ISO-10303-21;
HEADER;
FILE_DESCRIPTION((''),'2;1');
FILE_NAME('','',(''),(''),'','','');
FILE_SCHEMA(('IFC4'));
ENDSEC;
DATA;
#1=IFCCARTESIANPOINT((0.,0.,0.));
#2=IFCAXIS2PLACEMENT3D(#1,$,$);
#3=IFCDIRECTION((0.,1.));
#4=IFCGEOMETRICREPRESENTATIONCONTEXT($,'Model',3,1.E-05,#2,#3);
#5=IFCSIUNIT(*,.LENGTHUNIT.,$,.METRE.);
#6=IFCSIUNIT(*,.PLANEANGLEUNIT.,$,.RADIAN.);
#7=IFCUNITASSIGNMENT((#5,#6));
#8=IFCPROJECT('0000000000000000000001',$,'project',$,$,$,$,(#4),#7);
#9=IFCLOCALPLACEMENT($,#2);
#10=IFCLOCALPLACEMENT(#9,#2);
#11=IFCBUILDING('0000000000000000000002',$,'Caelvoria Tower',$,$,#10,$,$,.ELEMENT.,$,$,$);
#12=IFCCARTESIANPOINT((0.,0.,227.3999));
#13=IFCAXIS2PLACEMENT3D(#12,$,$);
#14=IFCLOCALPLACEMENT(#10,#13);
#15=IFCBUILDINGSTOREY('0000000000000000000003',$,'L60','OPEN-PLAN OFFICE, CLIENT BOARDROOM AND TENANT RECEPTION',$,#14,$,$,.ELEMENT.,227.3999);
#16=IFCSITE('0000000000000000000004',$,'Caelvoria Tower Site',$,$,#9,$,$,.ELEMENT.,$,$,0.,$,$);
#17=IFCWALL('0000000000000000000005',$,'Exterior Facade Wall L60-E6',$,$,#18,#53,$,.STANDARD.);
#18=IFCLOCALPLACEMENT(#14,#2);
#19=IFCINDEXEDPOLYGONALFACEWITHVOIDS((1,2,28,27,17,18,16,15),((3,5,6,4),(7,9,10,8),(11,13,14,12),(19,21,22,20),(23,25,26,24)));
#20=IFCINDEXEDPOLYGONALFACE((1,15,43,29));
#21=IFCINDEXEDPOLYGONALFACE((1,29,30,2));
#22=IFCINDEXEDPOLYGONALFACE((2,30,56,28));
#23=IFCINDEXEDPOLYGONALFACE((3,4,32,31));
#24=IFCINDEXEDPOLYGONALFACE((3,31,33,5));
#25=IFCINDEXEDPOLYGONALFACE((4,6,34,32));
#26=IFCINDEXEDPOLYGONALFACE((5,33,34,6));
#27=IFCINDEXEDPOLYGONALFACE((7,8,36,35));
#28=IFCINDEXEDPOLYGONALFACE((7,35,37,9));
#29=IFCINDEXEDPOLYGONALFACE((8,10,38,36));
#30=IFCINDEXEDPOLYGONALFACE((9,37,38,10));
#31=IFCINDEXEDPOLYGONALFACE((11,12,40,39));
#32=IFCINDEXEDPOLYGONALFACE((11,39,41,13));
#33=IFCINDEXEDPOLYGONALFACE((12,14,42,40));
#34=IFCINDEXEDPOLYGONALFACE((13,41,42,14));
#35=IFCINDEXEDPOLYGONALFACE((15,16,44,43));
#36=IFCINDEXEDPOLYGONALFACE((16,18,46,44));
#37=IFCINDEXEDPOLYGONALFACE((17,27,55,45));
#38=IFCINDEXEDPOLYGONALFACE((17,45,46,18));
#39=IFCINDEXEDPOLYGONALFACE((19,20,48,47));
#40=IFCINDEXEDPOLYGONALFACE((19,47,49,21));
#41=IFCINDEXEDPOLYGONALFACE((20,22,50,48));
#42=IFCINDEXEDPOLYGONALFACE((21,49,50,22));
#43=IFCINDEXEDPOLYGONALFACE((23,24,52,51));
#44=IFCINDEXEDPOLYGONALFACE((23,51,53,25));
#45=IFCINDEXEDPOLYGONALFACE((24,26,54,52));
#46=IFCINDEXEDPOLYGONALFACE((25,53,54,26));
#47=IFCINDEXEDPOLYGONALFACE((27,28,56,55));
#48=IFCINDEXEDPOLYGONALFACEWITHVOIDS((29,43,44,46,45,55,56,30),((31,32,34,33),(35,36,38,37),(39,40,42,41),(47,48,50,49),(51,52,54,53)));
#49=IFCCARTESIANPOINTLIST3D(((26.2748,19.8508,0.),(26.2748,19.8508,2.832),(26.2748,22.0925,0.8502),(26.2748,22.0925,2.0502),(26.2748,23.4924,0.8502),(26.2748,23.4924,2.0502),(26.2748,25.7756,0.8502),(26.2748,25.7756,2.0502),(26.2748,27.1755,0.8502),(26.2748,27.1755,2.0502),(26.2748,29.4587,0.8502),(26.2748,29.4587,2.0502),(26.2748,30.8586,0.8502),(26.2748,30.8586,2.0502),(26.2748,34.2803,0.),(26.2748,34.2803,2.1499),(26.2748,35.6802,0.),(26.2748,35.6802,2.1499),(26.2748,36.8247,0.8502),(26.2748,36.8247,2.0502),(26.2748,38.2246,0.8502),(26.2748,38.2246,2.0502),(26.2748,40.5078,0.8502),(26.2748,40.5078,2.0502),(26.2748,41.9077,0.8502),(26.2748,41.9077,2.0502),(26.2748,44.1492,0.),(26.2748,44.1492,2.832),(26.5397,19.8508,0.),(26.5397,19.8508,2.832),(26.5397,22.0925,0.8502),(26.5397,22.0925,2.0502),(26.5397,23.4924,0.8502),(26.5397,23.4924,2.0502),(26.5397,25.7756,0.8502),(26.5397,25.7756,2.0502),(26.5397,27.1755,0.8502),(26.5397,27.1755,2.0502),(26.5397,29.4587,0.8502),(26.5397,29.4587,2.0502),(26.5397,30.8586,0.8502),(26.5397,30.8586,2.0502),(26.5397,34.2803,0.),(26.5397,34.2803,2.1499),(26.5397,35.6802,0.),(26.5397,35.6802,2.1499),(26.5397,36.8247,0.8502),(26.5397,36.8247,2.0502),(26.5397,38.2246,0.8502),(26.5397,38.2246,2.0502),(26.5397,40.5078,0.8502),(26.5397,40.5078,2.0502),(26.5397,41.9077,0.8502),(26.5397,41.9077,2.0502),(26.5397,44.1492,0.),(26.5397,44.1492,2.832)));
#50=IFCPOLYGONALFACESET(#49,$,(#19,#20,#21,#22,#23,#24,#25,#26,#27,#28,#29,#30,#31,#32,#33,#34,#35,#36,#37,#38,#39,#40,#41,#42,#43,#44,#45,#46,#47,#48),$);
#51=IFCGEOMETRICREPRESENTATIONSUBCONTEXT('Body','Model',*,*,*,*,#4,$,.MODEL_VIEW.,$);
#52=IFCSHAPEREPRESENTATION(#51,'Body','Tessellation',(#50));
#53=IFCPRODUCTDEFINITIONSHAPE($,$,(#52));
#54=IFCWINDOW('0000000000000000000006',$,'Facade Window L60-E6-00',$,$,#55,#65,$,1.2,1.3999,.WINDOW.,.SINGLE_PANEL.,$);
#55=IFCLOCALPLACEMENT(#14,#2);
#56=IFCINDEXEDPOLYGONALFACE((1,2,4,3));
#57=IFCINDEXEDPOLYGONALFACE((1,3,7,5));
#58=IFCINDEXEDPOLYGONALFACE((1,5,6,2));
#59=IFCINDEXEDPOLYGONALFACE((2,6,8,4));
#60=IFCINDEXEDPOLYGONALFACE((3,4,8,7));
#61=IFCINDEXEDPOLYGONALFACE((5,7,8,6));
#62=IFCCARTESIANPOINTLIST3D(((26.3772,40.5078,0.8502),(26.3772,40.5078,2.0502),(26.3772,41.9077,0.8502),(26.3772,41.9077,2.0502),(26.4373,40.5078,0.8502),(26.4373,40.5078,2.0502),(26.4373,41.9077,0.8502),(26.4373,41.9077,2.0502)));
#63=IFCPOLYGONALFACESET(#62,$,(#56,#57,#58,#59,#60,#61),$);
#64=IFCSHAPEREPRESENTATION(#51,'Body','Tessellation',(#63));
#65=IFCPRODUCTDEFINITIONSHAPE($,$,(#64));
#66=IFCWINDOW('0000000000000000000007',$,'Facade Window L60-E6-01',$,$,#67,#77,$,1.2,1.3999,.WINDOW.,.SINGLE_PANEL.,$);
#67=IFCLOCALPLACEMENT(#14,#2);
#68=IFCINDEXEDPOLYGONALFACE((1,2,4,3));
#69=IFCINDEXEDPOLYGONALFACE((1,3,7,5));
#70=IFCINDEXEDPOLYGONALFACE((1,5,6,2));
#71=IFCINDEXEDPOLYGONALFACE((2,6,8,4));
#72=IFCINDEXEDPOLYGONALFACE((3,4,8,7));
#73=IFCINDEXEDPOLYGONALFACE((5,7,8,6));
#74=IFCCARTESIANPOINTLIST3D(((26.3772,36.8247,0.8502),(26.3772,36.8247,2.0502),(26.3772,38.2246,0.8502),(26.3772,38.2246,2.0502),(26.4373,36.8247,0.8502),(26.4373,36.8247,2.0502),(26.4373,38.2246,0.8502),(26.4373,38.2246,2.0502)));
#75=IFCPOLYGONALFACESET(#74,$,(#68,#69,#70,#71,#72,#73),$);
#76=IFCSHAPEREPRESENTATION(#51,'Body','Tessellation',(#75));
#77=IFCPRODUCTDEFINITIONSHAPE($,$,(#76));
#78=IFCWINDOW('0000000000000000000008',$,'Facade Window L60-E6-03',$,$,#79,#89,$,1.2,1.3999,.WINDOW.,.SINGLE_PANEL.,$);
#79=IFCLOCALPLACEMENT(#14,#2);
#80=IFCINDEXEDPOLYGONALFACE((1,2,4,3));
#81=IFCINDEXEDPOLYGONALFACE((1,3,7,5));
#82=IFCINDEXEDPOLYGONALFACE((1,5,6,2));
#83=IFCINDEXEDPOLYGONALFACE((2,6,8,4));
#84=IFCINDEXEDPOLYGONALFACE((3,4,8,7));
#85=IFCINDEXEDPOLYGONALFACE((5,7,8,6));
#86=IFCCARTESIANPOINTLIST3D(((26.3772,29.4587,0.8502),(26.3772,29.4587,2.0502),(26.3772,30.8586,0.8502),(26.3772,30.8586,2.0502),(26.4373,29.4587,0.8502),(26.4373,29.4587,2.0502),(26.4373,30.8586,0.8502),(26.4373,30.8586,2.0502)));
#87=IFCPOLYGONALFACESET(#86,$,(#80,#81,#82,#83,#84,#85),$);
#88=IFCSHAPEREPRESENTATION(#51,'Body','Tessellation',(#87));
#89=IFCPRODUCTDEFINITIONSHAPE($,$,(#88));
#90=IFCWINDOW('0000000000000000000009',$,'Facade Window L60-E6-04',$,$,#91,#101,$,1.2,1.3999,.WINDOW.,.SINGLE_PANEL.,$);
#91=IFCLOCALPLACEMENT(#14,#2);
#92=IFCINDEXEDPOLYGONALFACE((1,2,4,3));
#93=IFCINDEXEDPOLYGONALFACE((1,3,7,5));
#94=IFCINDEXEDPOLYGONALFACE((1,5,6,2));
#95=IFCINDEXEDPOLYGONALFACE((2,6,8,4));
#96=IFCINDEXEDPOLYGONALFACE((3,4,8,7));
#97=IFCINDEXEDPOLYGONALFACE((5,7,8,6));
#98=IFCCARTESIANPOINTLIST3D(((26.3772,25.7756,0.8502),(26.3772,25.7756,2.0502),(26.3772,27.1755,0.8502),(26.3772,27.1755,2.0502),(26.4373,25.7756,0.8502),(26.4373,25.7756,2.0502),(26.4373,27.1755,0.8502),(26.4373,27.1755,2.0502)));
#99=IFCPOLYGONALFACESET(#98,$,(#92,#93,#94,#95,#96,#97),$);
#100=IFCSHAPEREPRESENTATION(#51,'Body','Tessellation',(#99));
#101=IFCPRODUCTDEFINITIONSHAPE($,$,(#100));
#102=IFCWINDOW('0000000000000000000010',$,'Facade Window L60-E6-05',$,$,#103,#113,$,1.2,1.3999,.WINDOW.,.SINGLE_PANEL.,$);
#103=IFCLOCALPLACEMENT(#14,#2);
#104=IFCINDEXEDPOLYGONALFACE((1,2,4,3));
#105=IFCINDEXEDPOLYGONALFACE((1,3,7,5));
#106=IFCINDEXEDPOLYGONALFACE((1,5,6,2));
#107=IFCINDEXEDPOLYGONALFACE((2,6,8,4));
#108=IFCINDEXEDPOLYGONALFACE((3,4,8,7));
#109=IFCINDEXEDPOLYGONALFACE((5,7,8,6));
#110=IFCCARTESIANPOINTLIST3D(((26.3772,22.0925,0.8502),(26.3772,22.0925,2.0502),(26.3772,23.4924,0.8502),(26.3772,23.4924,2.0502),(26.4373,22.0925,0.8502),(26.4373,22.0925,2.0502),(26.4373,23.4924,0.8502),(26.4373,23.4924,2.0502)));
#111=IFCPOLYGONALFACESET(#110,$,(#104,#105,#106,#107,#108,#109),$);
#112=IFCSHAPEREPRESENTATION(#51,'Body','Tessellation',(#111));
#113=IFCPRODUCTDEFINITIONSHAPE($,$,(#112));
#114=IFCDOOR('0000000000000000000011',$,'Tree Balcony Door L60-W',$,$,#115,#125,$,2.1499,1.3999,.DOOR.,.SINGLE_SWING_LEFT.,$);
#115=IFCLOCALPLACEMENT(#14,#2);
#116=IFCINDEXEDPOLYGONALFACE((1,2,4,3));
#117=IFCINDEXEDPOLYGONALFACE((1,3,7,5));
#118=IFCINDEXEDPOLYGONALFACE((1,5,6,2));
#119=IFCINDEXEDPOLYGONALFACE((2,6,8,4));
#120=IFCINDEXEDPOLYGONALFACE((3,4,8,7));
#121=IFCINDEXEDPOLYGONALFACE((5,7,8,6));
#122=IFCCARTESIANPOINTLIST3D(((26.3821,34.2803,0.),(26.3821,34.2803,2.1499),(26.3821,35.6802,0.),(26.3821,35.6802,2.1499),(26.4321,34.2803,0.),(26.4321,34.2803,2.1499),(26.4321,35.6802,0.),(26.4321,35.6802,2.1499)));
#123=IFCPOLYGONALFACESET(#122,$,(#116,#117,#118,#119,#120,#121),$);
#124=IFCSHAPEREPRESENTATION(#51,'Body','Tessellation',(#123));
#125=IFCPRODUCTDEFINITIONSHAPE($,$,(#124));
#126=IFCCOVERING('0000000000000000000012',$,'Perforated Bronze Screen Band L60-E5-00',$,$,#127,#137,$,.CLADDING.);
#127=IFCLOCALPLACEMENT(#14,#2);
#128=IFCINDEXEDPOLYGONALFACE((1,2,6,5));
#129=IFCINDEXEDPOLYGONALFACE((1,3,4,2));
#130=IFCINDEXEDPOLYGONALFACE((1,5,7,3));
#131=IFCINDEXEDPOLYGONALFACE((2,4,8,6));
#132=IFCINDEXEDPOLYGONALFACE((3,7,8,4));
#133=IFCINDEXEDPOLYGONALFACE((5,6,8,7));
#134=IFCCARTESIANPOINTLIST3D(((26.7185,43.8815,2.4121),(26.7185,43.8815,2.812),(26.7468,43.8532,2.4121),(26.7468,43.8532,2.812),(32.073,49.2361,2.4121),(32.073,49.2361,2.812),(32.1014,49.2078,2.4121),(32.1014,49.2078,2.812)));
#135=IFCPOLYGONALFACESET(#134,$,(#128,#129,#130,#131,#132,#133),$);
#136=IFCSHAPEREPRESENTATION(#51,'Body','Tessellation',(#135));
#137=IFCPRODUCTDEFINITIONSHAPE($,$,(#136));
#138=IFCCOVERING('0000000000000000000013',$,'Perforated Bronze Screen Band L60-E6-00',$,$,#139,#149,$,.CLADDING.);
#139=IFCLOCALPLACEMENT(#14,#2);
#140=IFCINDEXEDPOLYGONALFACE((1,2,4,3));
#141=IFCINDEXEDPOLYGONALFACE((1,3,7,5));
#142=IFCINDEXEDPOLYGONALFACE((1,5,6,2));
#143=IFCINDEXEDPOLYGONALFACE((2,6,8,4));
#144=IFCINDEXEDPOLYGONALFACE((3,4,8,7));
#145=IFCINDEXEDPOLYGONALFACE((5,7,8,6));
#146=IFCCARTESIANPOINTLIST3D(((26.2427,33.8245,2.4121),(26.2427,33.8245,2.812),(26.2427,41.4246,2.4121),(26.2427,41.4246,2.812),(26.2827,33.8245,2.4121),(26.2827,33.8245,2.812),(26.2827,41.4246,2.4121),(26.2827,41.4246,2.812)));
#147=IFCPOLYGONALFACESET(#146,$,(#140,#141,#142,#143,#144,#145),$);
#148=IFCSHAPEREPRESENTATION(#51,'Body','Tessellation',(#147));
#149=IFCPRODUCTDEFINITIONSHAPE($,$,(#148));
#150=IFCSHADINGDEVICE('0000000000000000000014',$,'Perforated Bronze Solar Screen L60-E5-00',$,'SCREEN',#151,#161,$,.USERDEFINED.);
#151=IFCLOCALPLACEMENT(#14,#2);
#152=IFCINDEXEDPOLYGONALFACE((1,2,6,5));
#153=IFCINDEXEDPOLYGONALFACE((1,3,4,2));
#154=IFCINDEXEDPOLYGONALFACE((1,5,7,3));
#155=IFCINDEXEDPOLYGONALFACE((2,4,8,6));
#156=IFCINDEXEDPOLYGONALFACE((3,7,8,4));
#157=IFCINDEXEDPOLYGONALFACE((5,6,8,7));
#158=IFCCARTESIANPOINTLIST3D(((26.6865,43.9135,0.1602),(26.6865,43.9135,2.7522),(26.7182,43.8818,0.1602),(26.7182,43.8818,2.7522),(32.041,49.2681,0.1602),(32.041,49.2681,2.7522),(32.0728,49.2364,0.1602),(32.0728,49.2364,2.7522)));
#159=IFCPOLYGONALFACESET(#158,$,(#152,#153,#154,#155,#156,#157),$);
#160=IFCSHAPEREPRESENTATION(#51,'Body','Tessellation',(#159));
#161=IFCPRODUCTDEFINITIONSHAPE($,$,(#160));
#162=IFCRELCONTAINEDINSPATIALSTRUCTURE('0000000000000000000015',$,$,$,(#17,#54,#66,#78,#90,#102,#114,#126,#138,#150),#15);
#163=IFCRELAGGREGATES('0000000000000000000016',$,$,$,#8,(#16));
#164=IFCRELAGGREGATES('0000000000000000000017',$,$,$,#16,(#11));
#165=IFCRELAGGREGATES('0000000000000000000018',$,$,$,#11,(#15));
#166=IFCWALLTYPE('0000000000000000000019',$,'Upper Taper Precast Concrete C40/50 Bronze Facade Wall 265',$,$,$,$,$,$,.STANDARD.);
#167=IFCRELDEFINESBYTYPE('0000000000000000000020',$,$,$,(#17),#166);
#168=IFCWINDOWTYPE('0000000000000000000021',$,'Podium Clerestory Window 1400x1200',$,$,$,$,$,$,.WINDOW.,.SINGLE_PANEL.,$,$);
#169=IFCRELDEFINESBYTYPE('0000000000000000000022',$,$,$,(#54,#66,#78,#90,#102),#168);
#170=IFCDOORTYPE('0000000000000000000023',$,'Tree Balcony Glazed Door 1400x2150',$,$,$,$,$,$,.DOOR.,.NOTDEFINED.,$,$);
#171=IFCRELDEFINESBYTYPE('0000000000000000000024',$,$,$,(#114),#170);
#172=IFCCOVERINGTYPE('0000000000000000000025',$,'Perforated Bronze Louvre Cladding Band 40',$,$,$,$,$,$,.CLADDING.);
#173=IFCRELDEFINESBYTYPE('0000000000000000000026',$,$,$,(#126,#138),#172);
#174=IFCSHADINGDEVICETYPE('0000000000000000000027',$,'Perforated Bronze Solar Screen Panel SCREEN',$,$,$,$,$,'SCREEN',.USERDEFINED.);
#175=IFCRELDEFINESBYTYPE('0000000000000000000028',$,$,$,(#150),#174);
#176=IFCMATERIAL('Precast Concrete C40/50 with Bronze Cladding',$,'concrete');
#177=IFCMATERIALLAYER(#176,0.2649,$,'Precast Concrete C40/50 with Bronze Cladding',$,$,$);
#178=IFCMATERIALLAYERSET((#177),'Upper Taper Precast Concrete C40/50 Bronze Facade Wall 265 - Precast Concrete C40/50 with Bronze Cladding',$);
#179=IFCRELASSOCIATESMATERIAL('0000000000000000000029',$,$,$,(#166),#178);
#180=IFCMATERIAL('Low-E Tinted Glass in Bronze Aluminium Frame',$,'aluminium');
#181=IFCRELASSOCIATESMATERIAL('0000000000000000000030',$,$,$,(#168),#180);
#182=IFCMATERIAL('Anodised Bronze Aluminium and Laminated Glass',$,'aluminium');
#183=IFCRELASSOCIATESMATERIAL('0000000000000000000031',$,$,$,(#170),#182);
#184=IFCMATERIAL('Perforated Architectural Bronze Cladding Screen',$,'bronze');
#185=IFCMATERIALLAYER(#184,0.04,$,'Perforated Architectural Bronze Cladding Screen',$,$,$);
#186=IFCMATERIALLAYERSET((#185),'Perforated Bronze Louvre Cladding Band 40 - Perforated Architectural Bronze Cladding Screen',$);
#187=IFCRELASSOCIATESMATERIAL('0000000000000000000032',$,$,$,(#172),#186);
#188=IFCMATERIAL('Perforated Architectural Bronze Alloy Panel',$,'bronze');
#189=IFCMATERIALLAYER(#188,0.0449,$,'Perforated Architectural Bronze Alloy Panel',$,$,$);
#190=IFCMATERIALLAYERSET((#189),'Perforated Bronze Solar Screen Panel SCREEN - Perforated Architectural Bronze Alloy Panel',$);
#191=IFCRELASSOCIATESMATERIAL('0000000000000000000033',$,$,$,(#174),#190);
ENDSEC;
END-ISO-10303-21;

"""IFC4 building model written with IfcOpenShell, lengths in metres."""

from ifc_helpers import new_model, si_unit, direction, frame, frame_2d, origin, origin_2d, place, context, subcontext, project, spatial, rectangle, extrude, material, layer, layer_set, type_object, element, fill, save


model = new_model("IFC4")

# Units and contexts
model_context = context("Model", 3, precision=1e-05, world=origin(), true_north=direction((0.0, 1.0)))
body_context = subcontext(model_context, "Body", "Model", "MODEL_VIEW")
ifc_project = project(units=[si_unit("LENGTHUNIT", "METRE"), si_unit("PLANEANGLEUNIT", "RADIAN")], contexts=[model_context])

# Site, building, storey
site_placement = place(None, origin())
site = spatial("IfcSite", under=ifc_project, at=site_placement, Name="Caelvoria Tower Site", CompositionType="ELEMENT", RefElevation=0.0)
building_placement = place(site_placement, origin())
building = spatial("IfcBuilding", under=site, at=building_placement, Name="Caelvoria Tower", CompositionType="ELEMENT")
storey_placement = place(building_placement, frame((0.0, 0.0, 227.3999)))
storey = spatial("IfcBuildingStorey", under=building, at=storey_placement, Name="L60", Description="OPEN-PLAN OFFICE, CLIENT BOARDROOM AND TENANT RECEPTION", CompositionType="ELEMENT", Elevation=227.3999)

# Shared definitions
ifc_material_1 = material(Name="Precast Concrete C40/50 with Bronze Cladding", Category="concrete")
ifc_layer_1 = layer(ifc_material_1, 0.2649, Name="Precast Concrete C40/50 with Bronze Cladding")
ifc_layer_set_1 = layer_set([ifc_layer_1], Name="Upper Taper Precast Concrete C40/50 Bronze Facade Wall 265 - Precast Concrete C40/50 with Bronze Cladding")
wall_type_1 = type_object("IfcWallType", Name="Upper Taper Precast Concrete C40/50 Bronze Facade Wall 265", PredefinedType="STANDARD", material=ifc_layer_set_1)

# Wall, openings, windows, door
wall_1_placement = place(storey_placement, frame((26.4072, 44.1492, 0.0), z_axis=(0.0, 0.0, 1.0), x_axis=(0.0, -1.0, 0.0)))
wall_1 = element("IfcWall", 1, at=wall_1_placement, inside=storey, type_object=wall_type_1, Name="Exterior Facade Wall L60-E6", PredefinedType="STANDARD", context=body_context, shape_type="SweptSolid", body=[
    extrude(rectangle(XDim=24.2983, YDim=0.2649, at=frame_2d((12.1492, 0.0))), origin(), (0.0, 0.0, 1.0), 2.832),
])
opening_1_placement = place(wall_1_placement, frame((8.469, 0.0, 0.0)))
opening_1 = element("IfcOpeningElement", 2, at=opening_1_placement, cuts=wall_1, PredefinedType="OPENING", context=body_context, shape_type="SweptSolid", body=[
    extrude(rectangle(XDim=1.3999, YDim=2.1499, at=frame_2d((0.7, 1.075))), frame((0.0, 0.1423, 0.0), z_axis=(0.0, -1.0, 0.0), x_axis=(1.0, 0.0, 0.0)), (0.0, 0.0, 1.0), 0.2849),
])
opening_2_placement = place(wall_1_placement, frame((2.2415, 0.0, 0.8501)))
opening_2 = element("IfcOpeningElement", 3, at=opening_2_placement, cuts=wall_1, PredefinedType="OPENING", context=body_context, shape_type="SweptSolid", body=[
    extrude(rectangle(XDim=1.3999, YDim=1.2, at=frame_2d((0.7, 0.6001))), frame((0.0, 0.1423, 0.0), z_axis=(0.0, -1.0, 0.0), x_axis=(1.0, 0.0, 0.0)), (0.0, 0.0, 1.0), 0.2849),
])
opening_3_placement = place(wall_1_placement, frame((5.9246, 0.0, 0.8501)))
opening_3 = element("IfcOpeningElement", 4, at=opening_3_placement, cuts=wall_1, PredefinedType="OPENING", context=body_context, shape_type="SweptSolid", body=[
    extrude(rectangle(XDim=1.3999, YDim=1.2, at=frame_2d((0.7, 0.6001))), frame((0.0, 0.1423, 0.0), z_axis=(0.0, -1.0, 0.0), x_axis=(1.0, 0.0, 0.0)), (0.0, 0.0, 1.0), 0.2849),
])
opening_4_placement = place(wall_1_placement, frame((13.2905, 0.0, 0.8501)))
opening_4 = element("IfcOpeningElement", 5, at=opening_4_placement, cuts=wall_1, PredefinedType="OPENING", context=body_context, shape_type="SweptSolid", body=[
    extrude(rectangle(XDim=1.3999, YDim=1.2, at=frame_2d((0.7, 0.6001))), frame((0.0, 0.1423, 0.0), z_axis=(0.0, -1.0, 0.0), x_axis=(1.0, 0.0, 0.0)), (0.0, 0.0, 1.0), 0.2849),
])
opening_5_placement = place(wall_1_placement, frame((16.9736, 0.0, 0.8501)))
opening_5 = element("IfcOpeningElement", 6, at=opening_5_placement, cuts=wall_1, PredefinedType="OPENING", context=body_context, shape_type="SweptSolid", body=[
    extrude(rectangle(XDim=1.3999, YDim=1.2, at=frame_2d((0.7, 0.6001))), frame((0.0, 0.1423, 0.0), z_axis=(0.0, -1.0, 0.0), x_axis=(1.0, 0.0, 0.0)), (0.0, 0.0, 1.0), 0.2849),
])
opening_6_placement = place(wall_1_placement, frame((20.6567, 0.0, 0.8501)))
opening_6 = element("IfcOpeningElement", 7, at=opening_6_placement, cuts=wall_1, PredefinedType="OPENING", context=body_context, shape_type="SweptSolid", body=[
    extrude(rectangle(XDim=1.3999, YDim=1.2, at=frame_2d((0.7, 0.6001))), frame((0.0, 0.1423, 0.0), z_axis=(0.0, -1.0, 0.0), x_axis=(1.0, 0.0, 0.0)), (0.0, 0.0, 1.0), 0.2849),
])
ifc_material_2 = material(Name="Low-E Tinted Glass in Bronze Aluminium Frame", Category="aluminium")
window_type = type_object("IfcWindowType", Name="Podium Clerestory Window 1400x1200", PartitioningType="SINGLE_PANEL", PredefinedType="WINDOW", material=ifc_material_2)
window_1_placement = place(opening_2_placement, origin())
window_1 = element("IfcWindow", 8, at=window_1_placement, inside=storey, type_object=window_type, Name="Facade Window L60-E6-00", OverallHeight=1.2, OverallWidth=1.3999, PartitioningType="SINGLE_PANEL", PredefinedType="WINDOW", context=body_context, shape_type="SweptSolid", body=[
    extrude(rectangle(XDim=1.3999, YDim=1.2, at=frame_2d((0.7, 0.6001))), frame((0.0, 0.03, 0.0), z_axis=(0.0, -1.0, 0.0), x_axis=(1.0, 0.0, 0.0)), (0.0, 0.0, 1.0), 0.0601),
])
fill(opening_2, window_1)
window_2_placement = place(opening_3_placement, origin())
window_2 = element("IfcWindow", 9, at=window_2_placement, inside=storey, type_object=window_type, Name="Facade Window L60-E6-01", OverallHeight=1.2, OverallWidth=1.3999, PartitioningType="SINGLE_PANEL", PredefinedType="WINDOW", context=body_context, shape_type="SweptSolid", body=[
    extrude(rectangle(XDim=1.3999, YDim=1.2, at=frame_2d((0.7, 0.6001))), frame((0.0, 0.03, 0.0), z_axis=(0.0, -1.0, 0.0), x_axis=(1.0, 0.0, 0.0)), (0.0, 0.0, 1.0), 0.0601),
])
fill(opening_3, window_2)
window_3_placement = place(opening_4_placement, origin())
window_3 = element("IfcWindow", 10, at=window_3_placement, inside=storey, type_object=window_type, Name="Facade Window L60-E6-03", OverallHeight=1.2, OverallWidth=1.3999, PartitioningType="SINGLE_PANEL", PredefinedType="WINDOW", context=body_context, shape_type="SweptSolid", body=[
    extrude(rectangle(XDim=1.3999, YDim=1.2, at=frame_2d((0.7, 0.6001))), frame((0.0, 0.03, 0.0), z_axis=(0.0, -1.0, 0.0), x_axis=(1.0, 0.0, 0.0)), (0.0, 0.0, 1.0), 0.0601),
])
fill(opening_4, window_3)
window_4_placement = place(opening_5_placement, origin())
window_4 = element("IfcWindow", 11, at=window_4_placement, inside=storey, type_object=window_type, Name="Facade Window L60-E6-04", OverallHeight=1.2, OverallWidth=1.3999, PartitioningType="SINGLE_PANEL", PredefinedType="WINDOW", context=body_context, shape_type="SweptSolid", body=[
    extrude(rectangle(XDim=1.3999, YDim=1.2, at=frame_2d((0.7, 0.6001))), frame((0.0, 0.03, 0.0), z_axis=(0.0, -1.0, 0.0), x_axis=(1.0, 0.0, 0.0)), (0.0, 0.0, 1.0), 0.0601),
])
fill(opening_5, window_4)
window_5_placement = place(opening_6_placement, origin())
window_5 = element("IfcWindow", 12, at=window_5_placement, inside=storey, type_object=window_type, Name="Facade Window L60-E6-05", OverallHeight=1.2, OverallWidth=1.3999, PartitioningType="SINGLE_PANEL", PredefinedType="WINDOW", context=body_context, shape_type="SweptSolid", body=[
    extrude(rectangle(XDim=1.3999, YDim=1.2, at=frame_2d((0.7, 0.6001))), frame((0.0, 0.03, 0.0), z_axis=(0.0, -1.0, 0.0), x_axis=(1.0, 0.0, 0.0)), (0.0, 0.0, 1.0), 0.0601),
])
fill(opening_6, window_5)
ifc_material_3 = material(Name="Anodised Bronze Aluminium and Laminated Glass", Category="aluminium")
door_type_1 = type_object("IfcDoorType", Name="Tree Balcony Glazed Door 1400x2150", OperationType="NOTDEFINED", PredefinedType="DOOR", material=ifc_material_3)
door_1_placement = place(opening_1_placement, origin())
door_1 = element("IfcDoor", 13, at=door_1_placement, inside=storey, type_object=door_type_1, Name="Tree Balcony Door L60-W", OperationType="SINGLE_SWING_LEFT", OverallHeight=2.1499, OverallWidth=1.3999, PredefinedType="DOOR", context=body_context, shape_type="SweptSolid", body=[
    extrude(rectangle(XDim=1.3999, YDim=2.1499, at=frame_2d((0.7, 1.075))), frame((0.0, 0.0249, 0.0), z_axis=(0.0, -1.0, 0.0), x_axis=(1.0, 0.0, 0.0)), (0.0, 0.0, 1.0), 0.05),
])
fill(opening_1, door_1)

# Coverings
ifc_material_4 = material(Name="Perforated Architectural Bronze Cladding Screen", Category="bronze")
ifc_layer_2 = layer(ifc_material_4, 0.04, Name="Perforated Architectural Bronze Cladding Screen")
ifc_layer_set_2 = layer_set([ifc_layer_2], Name="Perforated Bronze Louvre Cladding Band 40 - Perforated Architectural Bronze Cladding Screen")
covering_type = type_object("IfcCoveringType", Name="Perforated Bronze Louvre Cladding Band 40", PredefinedType="CLADDING", material=ifc_layer_set_2)
covering_1_placement = place(storey_placement, frame((29.4099, 46.5447, 2.4121), z_axis=(0.0, 0.0, 1.0), x_axis=(-0.707107, -0.707107, 0.0)))
element("IfcCovering", 14, at=covering_1_placement, inside=storey, type_object=covering_type, Name="Perforated Bronze Screen Band L60-E5-00", PredefinedType="CLADDING", context=body_context, shape_type="SweptSolid", body=[
    extrude(rectangle(XDim=7.5725, YDim=0.04, at=origin_2d()), origin(), (0.0, 0.0, 1.0), 0.3999),
])
covering_2_placement = place(storey_placement, frame((26.2627, 37.6245, 2.4121), z_axis=(0.0, 0.0, 1.0), x_axis=(0.0, -1.0, 0.0)))
element("IfcCovering", 15, at=covering_2_placement, inside=storey, type_object=covering_type, Name="Perforated Bronze Screen Band L60-E6-00", PredefinedType="CLADDING", context=body_context, shape_type="SweptSolid", body=[
    extrude(rectangle(XDim=7.6001, YDim=0.04, at=origin_2d()), origin(), (0.0, 0.0, 1.0), 0.3999),
])

# Shading device
ifc_material_5 = material(Name="Perforated Architectural Bronze Alloy Panel", Category="bronze")
ifc_layer_3 = layer(ifc_material_5, 0.0449, Name="Perforated Architectural Bronze Alloy Panel")
ifc_layer_set_3 = layer_set([ifc_layer_3], Name="Perforated Bronze Solar Screen Panel SCREEN - Perforated Architectural Bronze Alloy Panel")
shading_device_type = type_object("IfcShadingDeviceType", Name="Perforated Bronze Solar Screen Panel SCREEN", ElementType="SCREEN", PredefinedType="USERDEFINED", material=ifc_layer_set_3)
shading_device_1_placement = place(storey_placement, frame((29.3796, 46.575, 0.1602), z_axis=(0.0, 0.0, 1.0), x_axis=(-0.707107, -0.707107, 0.0)))
element("IfcShadingDevice", 16, at=shading_device_1_placement, inside=storey, type_object=shading_device_type, Name="Perforated Bronze Solar Screen L60-E5-00", ObjectType="SCREEN", PredefinedType="USERDEFINED", context=body_context, shape_type="SweptSolid", body=[
    extrude(rectangle(XDim=7.5725, YDim=0.0449, at=origin_2d()), origin(), (0.0, 0.0, 1.0), 2.592),
])

save(model, "model.ifc")
